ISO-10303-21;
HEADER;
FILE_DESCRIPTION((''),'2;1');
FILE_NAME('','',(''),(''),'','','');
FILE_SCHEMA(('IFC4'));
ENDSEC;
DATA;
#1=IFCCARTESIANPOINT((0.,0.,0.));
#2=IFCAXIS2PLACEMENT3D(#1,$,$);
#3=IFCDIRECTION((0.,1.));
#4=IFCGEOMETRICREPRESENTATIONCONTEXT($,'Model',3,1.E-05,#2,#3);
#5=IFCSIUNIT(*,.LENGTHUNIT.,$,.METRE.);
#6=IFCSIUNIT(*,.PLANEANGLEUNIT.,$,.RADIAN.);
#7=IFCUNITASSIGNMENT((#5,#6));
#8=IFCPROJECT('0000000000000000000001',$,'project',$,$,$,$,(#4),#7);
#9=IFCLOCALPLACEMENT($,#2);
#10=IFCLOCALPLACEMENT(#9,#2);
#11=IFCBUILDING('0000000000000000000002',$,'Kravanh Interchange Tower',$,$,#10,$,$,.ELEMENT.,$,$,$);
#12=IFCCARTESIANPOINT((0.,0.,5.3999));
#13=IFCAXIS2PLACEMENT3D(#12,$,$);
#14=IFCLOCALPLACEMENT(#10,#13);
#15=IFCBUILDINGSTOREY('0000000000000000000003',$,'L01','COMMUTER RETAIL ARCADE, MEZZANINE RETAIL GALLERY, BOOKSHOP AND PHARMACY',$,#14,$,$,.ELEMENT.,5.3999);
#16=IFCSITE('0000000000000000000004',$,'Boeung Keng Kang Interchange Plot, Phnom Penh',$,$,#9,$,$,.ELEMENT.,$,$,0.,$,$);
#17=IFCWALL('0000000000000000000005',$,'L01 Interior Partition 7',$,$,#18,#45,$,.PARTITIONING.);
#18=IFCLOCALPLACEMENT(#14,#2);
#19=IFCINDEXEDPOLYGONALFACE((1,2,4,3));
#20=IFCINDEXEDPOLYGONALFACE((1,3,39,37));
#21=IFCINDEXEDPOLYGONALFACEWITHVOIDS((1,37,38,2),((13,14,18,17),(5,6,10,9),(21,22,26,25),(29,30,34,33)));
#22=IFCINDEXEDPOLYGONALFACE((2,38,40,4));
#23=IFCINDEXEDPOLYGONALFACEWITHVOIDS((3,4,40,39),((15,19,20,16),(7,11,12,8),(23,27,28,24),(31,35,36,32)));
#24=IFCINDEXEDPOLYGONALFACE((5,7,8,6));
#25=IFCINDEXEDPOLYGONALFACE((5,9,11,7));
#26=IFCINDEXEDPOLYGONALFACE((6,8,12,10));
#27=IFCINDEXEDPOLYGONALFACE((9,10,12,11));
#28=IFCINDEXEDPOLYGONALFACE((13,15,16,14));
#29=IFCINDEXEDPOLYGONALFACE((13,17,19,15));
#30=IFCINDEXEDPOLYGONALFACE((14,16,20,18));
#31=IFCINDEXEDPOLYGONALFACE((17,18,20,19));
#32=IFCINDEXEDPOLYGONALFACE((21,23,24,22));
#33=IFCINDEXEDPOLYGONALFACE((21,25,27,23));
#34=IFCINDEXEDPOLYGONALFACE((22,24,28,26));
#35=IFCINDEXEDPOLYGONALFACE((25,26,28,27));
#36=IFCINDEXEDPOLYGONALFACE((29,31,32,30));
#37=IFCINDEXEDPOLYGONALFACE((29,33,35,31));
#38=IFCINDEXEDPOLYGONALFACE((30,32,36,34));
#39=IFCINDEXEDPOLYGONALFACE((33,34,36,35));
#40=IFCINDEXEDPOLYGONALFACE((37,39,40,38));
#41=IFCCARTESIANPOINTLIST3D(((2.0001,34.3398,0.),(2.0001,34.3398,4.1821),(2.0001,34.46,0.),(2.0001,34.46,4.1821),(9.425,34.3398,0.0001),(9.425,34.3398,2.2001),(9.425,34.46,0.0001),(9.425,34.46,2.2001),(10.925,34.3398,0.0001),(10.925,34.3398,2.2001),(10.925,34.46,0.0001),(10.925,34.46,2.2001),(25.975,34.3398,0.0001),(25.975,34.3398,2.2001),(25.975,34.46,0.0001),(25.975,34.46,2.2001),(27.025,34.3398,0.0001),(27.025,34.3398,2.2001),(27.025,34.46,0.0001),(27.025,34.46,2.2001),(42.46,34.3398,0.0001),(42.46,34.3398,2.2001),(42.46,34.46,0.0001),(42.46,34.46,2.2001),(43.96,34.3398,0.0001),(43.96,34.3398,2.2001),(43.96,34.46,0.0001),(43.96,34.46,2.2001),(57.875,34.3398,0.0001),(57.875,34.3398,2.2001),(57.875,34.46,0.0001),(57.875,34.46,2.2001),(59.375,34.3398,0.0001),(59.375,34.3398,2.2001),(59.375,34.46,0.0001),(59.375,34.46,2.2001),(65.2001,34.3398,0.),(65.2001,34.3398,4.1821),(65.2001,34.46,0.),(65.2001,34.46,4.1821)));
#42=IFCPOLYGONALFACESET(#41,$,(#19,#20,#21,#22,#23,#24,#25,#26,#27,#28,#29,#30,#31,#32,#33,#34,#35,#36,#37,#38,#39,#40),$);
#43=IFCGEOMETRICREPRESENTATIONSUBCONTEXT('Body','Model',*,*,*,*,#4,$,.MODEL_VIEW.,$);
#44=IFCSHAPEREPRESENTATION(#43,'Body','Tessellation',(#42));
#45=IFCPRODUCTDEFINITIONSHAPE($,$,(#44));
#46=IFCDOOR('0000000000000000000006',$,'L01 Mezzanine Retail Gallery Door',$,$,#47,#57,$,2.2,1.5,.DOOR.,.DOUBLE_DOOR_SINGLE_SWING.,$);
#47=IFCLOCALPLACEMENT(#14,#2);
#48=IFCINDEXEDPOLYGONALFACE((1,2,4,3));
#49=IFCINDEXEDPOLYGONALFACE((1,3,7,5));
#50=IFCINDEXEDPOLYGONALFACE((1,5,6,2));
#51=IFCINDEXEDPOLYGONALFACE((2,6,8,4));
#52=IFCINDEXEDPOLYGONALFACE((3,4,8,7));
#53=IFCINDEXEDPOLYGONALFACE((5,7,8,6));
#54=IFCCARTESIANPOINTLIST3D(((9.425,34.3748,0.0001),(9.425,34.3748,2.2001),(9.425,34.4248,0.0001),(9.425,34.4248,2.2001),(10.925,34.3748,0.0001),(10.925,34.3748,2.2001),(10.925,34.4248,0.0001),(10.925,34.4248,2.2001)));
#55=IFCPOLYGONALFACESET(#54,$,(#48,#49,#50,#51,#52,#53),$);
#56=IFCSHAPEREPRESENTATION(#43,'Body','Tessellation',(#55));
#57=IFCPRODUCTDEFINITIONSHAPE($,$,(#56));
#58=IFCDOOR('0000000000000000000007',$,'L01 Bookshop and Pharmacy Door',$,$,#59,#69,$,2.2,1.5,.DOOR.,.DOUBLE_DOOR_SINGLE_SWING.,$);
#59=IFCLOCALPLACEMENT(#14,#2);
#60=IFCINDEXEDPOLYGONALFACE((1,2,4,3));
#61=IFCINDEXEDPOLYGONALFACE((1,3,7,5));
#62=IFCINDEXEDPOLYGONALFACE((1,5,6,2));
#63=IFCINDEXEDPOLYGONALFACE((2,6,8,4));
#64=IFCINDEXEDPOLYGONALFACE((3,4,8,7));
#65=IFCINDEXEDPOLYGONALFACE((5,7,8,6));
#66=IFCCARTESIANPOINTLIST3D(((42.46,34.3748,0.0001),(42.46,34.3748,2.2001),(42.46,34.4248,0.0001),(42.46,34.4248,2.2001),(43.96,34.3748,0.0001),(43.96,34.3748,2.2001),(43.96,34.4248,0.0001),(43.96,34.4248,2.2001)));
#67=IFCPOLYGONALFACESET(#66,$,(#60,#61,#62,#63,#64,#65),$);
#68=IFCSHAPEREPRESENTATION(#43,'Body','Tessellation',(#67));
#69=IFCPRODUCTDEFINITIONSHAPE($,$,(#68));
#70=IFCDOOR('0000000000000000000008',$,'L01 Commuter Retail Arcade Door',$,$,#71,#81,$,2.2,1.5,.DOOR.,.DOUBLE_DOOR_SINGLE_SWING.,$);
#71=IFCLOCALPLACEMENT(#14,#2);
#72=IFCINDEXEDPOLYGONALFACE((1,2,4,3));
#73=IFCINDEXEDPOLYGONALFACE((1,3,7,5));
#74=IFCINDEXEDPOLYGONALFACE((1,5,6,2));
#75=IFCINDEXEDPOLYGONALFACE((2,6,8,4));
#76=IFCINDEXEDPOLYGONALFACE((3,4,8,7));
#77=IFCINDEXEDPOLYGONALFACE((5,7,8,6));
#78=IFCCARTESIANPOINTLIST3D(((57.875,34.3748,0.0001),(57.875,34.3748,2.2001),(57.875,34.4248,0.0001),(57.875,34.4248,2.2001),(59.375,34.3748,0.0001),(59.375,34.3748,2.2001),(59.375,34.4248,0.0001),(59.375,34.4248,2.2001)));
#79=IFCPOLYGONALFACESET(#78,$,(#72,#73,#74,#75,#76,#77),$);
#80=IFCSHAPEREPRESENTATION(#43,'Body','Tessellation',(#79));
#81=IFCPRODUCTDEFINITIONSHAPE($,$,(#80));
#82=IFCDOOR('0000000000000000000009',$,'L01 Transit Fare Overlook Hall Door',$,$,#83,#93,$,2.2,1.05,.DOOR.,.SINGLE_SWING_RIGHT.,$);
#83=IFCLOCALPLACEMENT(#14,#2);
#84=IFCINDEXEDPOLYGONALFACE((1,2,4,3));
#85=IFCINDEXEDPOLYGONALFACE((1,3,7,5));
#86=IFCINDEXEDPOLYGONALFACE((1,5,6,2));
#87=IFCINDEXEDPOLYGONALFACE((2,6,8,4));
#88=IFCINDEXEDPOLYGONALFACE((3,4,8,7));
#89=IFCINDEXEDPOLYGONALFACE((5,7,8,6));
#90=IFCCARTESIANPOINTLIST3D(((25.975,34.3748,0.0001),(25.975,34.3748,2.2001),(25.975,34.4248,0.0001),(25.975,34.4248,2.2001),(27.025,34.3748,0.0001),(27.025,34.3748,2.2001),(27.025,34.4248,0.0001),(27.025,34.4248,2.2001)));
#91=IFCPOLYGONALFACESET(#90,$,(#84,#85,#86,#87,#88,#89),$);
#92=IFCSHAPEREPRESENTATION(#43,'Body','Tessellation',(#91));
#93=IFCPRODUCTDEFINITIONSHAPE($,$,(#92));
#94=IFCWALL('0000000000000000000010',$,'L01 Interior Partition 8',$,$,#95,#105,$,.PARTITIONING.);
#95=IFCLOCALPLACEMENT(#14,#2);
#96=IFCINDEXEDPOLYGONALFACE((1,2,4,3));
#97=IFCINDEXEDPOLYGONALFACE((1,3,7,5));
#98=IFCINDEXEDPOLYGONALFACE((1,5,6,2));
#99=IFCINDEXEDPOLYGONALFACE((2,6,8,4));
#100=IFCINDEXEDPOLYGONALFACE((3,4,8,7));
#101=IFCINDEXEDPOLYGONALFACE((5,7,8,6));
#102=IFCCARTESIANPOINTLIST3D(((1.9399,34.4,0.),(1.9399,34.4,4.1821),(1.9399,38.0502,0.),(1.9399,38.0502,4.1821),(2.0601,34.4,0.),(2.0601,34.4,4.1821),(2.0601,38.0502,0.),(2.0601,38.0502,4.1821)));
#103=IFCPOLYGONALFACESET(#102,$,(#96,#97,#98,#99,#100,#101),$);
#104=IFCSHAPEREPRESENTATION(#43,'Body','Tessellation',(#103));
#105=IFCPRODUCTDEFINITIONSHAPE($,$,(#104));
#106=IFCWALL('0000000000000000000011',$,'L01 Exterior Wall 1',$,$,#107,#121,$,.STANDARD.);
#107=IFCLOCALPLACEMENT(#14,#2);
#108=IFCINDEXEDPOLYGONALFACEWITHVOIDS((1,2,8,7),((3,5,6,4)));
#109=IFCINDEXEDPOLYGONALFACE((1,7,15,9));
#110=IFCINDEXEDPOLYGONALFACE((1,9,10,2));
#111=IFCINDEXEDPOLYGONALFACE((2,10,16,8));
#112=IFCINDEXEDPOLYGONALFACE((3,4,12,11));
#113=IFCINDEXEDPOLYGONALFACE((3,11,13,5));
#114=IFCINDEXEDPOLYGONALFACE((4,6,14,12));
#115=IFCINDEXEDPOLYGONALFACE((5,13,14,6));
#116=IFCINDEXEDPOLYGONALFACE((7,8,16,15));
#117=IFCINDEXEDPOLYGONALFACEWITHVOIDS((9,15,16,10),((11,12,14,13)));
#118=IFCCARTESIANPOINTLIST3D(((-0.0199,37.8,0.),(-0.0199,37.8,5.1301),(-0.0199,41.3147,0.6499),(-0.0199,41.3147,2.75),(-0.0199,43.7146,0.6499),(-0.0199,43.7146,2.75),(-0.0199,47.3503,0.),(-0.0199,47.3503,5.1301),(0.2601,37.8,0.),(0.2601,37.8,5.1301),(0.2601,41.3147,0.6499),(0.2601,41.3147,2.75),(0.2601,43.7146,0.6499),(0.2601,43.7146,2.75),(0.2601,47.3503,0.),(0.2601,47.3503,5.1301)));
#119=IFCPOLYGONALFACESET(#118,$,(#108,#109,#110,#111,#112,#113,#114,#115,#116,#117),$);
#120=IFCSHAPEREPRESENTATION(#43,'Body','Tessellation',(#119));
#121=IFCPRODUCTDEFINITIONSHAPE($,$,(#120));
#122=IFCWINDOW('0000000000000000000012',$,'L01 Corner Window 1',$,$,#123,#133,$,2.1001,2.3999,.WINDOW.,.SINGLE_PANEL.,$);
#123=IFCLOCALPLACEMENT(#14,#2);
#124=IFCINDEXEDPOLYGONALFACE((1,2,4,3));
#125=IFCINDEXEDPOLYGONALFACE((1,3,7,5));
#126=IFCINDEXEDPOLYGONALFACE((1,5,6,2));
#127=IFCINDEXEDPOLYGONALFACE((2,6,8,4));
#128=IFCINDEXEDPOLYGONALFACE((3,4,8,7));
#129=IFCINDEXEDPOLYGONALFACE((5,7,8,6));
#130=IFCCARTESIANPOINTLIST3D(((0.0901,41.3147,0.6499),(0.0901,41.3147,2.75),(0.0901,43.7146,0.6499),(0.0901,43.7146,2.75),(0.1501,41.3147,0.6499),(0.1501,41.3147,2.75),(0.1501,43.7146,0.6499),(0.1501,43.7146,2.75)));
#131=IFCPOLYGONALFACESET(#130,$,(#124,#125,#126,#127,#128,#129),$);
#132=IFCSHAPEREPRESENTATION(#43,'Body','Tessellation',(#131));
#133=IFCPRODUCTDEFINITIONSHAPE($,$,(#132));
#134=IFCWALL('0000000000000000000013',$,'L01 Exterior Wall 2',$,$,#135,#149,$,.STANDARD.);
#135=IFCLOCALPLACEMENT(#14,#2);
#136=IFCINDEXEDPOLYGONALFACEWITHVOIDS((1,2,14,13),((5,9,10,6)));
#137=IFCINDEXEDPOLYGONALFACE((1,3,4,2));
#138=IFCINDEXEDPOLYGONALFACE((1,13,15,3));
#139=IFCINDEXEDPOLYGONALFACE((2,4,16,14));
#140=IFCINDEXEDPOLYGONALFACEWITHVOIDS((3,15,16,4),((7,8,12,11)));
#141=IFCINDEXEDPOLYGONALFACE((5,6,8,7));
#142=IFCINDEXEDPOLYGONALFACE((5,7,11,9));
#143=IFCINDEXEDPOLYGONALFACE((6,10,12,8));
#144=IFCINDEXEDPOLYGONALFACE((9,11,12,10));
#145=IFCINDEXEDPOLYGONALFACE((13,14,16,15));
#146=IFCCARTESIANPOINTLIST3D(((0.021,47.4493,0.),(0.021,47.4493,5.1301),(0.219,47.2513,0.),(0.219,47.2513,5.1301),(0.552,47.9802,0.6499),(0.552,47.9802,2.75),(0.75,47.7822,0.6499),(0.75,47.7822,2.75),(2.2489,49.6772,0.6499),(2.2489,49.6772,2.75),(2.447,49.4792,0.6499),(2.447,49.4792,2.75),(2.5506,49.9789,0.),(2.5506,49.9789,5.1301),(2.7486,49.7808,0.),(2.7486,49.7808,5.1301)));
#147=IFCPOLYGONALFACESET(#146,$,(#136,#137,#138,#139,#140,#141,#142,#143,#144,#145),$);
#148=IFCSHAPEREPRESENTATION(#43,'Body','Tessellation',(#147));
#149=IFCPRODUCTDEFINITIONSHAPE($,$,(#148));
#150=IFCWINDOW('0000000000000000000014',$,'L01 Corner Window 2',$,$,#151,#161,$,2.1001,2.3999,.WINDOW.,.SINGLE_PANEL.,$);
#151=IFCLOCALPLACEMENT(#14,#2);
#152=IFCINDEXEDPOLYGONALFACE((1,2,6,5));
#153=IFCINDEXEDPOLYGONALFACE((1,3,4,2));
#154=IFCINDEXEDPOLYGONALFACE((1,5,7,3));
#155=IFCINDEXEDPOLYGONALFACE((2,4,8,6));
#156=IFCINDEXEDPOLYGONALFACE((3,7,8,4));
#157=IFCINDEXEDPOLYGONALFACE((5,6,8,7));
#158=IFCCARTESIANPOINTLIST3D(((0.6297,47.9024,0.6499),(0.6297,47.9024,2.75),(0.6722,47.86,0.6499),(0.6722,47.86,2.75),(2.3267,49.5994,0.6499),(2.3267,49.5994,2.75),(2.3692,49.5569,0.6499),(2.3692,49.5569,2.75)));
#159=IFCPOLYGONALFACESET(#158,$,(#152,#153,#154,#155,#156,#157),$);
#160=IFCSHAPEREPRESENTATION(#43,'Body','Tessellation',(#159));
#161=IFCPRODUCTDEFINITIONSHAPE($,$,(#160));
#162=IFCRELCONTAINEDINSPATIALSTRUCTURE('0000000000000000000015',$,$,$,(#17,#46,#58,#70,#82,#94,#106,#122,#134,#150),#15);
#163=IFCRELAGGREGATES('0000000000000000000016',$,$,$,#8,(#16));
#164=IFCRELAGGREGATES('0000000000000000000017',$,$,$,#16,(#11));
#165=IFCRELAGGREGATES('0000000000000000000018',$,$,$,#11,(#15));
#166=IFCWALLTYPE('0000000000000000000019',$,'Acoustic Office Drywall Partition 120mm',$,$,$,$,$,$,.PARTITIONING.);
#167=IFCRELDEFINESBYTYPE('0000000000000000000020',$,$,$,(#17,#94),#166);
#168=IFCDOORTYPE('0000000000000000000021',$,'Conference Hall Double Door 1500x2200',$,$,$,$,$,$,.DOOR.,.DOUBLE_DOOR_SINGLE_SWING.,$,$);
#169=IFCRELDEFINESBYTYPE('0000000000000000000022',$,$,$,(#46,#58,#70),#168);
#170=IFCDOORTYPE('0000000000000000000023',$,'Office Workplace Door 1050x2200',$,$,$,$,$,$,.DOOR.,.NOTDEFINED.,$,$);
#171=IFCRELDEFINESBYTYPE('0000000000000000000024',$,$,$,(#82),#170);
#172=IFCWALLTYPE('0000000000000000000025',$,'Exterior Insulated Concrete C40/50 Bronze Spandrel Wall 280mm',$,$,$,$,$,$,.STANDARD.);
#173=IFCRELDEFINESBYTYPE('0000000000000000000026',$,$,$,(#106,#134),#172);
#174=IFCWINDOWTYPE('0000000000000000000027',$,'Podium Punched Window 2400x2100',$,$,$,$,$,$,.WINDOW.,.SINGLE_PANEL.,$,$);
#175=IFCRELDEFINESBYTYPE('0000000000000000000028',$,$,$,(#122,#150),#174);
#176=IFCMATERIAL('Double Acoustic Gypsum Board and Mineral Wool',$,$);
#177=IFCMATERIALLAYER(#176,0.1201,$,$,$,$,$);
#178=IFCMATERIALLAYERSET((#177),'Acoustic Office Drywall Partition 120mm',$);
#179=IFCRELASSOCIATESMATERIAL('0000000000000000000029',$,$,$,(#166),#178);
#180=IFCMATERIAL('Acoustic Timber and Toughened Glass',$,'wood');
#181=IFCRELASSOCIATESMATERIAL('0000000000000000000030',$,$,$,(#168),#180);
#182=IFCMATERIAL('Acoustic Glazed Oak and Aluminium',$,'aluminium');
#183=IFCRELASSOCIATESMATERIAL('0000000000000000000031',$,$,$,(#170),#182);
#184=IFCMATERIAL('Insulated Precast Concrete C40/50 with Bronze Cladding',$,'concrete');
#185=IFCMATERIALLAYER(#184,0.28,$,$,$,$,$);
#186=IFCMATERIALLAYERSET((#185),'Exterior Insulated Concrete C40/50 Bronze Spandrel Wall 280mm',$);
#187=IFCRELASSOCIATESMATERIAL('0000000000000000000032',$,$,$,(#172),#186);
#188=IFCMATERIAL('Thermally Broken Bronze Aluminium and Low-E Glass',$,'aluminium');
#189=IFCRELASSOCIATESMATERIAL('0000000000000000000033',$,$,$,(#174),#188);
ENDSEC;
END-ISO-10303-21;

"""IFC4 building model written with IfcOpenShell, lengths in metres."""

from ifc_helpers import new_model, si_unit, direction, frame, frame_2d, origin, place, context, subcontext, project, spatial, rectangle, extrude, material, layer, layer_set, type_object, element, fill, save


model = new_model("IFC4")

# Units and contexts
model_context = context("Model", 3, precision=1e-05, world=origin(), true_north=direction((0.0, 1.0)))
body_context = subcontext(model_context, "Body", "Model", "MODEL_VIEW")
ifc_project = project(units=[si_unit("LENGTHUNIT", "METRE"), si_unit("PLANEANGLEUNIT", "RADIAN")], contexts=[model_context])

# Site, building, storey
site_placement = place(None, origin())
site = spatial("IfcSite", under=ifc_project, at=site_placement, Name="Boeung Keng Kang Interchange Plot, Phnom Penh", CompositionType="ELEMENT", RefElevation=0.0)
building_placement = place(site_placement, origin())
building = spatial("IfcBuilding", under=site, at=building_placement, Name="Kravanh Interchange Tower", CompositionType="ELEMENT")
storey_placement = place(building_placement, frame((0.0, 0.0, 5.3999)))
storey = spatial("IfcBuildingStorey", under=building, at=storey_placement, Name="L01", Description="COMMUTER RETAIL ARCADE, MEZZANINE RETAIL GALLERY, BOOKSHOP AND PHARMACY", CompositionType="ELEMENT", Elevation=5.3999)

# Wall, openings, doors
ifc_material_1 = material(Name="Double Acoustic Gypsum Board and Mineral Wool")
ifc_layer_1 = layer(ifc_material_1, 0.1201)
ifc_layer_set_1 = layer_set([ifc_layer_1], Name="Acoustic Office Drywall Partition 120mm")
wall_type_1 = type_object("IfcWallType", Name="Acoustic Office Drywall Partition 120mm", PredefinedType="PARTITIONING", material=ifc_layer_set_1)
wall_1_placement = place(storey_placement, frame((2.0, 34.3999, 0.0), z_axis=(0.0, 0.0, 1.0), x_axis=(1.0, 0.0, 0.0)))
wall_1 = element("IfcWall", 1, at=wall_1_placement, inside=storey, type_object=wall_type_1, Name="L01 Interior Partition 7", PredefinedType="PARTITIONING", context=body_context, shape_type="SweptSolid", body=[
    extrude(rectangle(XDim=63.2, YDim=0.1201, at=frame_2d((31.6001, 0.0))), origin(), (0.0, 0.0, 1.0), 4.1821),
])
opening_1_placement = place(wall_1_placement, frame((7.425, 0.0, 0.0)))
opening_1 = element("IfcOpeningElement", 2, at=opening_1_placement, cuts=wall_1, PredefinedType="OPENING", context=body_context, shape_type="SweptSolid", body=[
    extrude(rectangle(XDim=1.5, YDim=2.2, at=frame_2d((0.75, 1.1001))), frame((0.0, 0.0701, 0.0), z_axis=(0.0, -1.0, 0.0), x_axis=(1.0, 0.0, 0.0)), (0.0, 0.0, 1.0), 0.1401),
])
opening_2_placement = place(wall_1_placement, frame((23.9751, 0.0, 0.0)))
opening_2 = element("IfcOpeningElement", 3, at=opening_2_placement, cuts=wall_1, PredefinedType="OPENING", context=body_context, shape_type="SweptSolid", body=[
    extrude(rectangle(XDim=1.05, YDim=2.2, at=frame_2d((0.5249, 1.1001))), frame((0.0, 0.0701, 0.0), z_axis=(0.0, -1.0, 0.0), x_axis=(1.0, 0.0, 0.0)), (0.0, 0.0, 1.0), 0.1401),
])
opening_3_placement = place(wall_1_placement, frame((40.46, 0.0, 0.0)))
opening_3 = element("IfcOpeningElement", 4, at=opening_3_placement, cuts=wall_1, PredefinedType="OPENING", context=body_context, shape_type="SweptSolid", body=[
    extrude(rectangle(XDim=1.5, YDim=2.2, at=frame_2d((0.75, 1.1001))), frame((0.0, 0.0701, 0.0), z_axis=(0.0, -1.0, 0.0), x_axis=(1.0, 0.0, 0.0)), (0.0, 0.0, 1.0), 0.1401),
])
opening_4_placement = place(wall_1_placement, frame((55.875, 0.0, 0.0)))
opening_4 = element("IfcOpeningElement", 5, at=opening_4_placement, cuts=wall_1, PredefinedType="OPENING", context=body_context, shape_type="SweptSolid", body=[
    extrude(rectangle(XDim=1.5, YDim=2.2, at=frame_2d((0.75, 1.1001))), frame((0.0, 0.0701, 0.0), z_axis=(0.0, -1.0, 0.0), x_axis=(1.0, 0.0, 0.0)), (0.0, 0.0, 1.0), 0.1401),
])
ifc_material_2 = material(Name="Acoustic Timber and Toughened Glass", Category="wood")
door_type_1 = type_object("IfcDoorType", Name="Conference Hall Double Door 1500x2200", OperationType="DOUBLE_DOOR_SINGLE_SWING", PredefinedType="DOOR", material=ifc_material_2)
door_1_placement = place(opening_1_placement, origin())
door_1 = element("IfcDoor", 6, at=door_1_placement, inside=storey, type_object=door_type_1, Name="L01 Mezzanine Retail Gallery Door", OperationType="DOUBLE_DOOR_SINGLE_SWING", OverallHeight=2.2, OverallWidth=1.5, PredefinedType="DOOR", context=body_context, shape_type="SweptSolid", body=[
    extrude(rectangle(XDim=1.5, YDim=2.2, at=frame_2d((0.75, 1.1001))), frame((0.0, 0.0249, 0.0), z_axis=(0.0, -1.0, 0.0), x_axis=(1.0, 0.0, 0.0)), (0.0, 0.0, 1.0), 0.05),
])
fill(opening_1, door_1)
door_2_placement = place(opening_3_placement, origin())
door_2 = element("IfcDoor", 7, at=door_2_placement, inside=storey, type_object=door_type_1, Name="L01 Bookshop and Pharmacy Door", OperationType="DOUBLE_DOOR_SINGLE_SWING", OverallHeight=2.2, OverallWidth=1.5, PredefinedType="DOOR", context=body_context, shape_type="SweptSolid", body=[
    extrude(rectangle(XDim=1.5, YDim=2.2, at=frame_2d((0.75, 1.1001))), frame((0.0, 0.0249, 0.0), z_axis=(0.0, -1.0, 0.0), x_axis=(1.0, 0.0, 0.0)), (0.0, 0.0, 1.0), 0.05),
])
fill(opening_3, door_2)
door_3_placement = place(opening_4_placement, origin())
door_3 = element("IfcDoor", 8, at=door_3_placement, inside=storey, type_object=door_type_1, Name="L01 Commuter Retail Arcade Door", OperationType="DOUBLE_DOOR_SINGLE_SWING", OverallHeight=2.2, OverallWidth=1.5, PredefinedType="DOOR", context=body_context, shape_type="SweptSolid", body=[
    extrude(rectangle(XDim=1.5, YDim=2.2, at=frame_2d((0.75, 1.1001))), frame((0.0, 0.0249, 0.0), z_axis=(0.0, -1.0, 0.0), x_axis=(1.0, 0.0, 0.0)), (0.0, 0.0, 1.0), 0.05),
])
fill(opening_4, door_3)
ifc_material_3 = material(Name="Acoustic Glazed Oak and Aluminium", Category="aluminium")
door_type_2 = type_object("IfcDoorType", Name="Office Workplace Door 1050x2200", OperationType="NOTDEFINED", PredefinedType="DOOR", material=ifc_material_3)
door_4_placement = place(opening_2_placement, origin())
door_4 = element("IfcDoor", 9, at=door_4_placement, inside=storey, type_object=door_type_2, Name="L01 Transit Fare Overlook Hall Door", OperationType="SINGLE_SWING_RIGHT", OverallHeight=2.2, OverallWidth=1.05, PredefinedType="DOOR", context=body_context, shape_type="SweptSolid", body=[
    extrude(rectangle(XDim=1.05, YDim=2.2, at=frame_2d((0.5249, 1.1001))), frame((0.0, 0.0249, 0.0), z_axis=(0.0, -1.0, 0.0), x_axis=(1.0, 0.0, 0.0)), (0.0, 0.0, 1.0), 0.05),
])
fill(opening_2, door_4)

# Wall
wall_2_placement = place(storey_placement, frame((2.0, 34.3999, 0.0), z_axis=(0.0, 0.0, 1.0), x_axis=(0.0, 1.0, 0.0)))
element("IfcWall", 10, at=wall_2_placement, inside=storey, type_object=wall_type_1, Name="L01 Interior Partition 8", PredefinedType="PARTITIONING", context=body_context, shape_type="SweptSolid", body=[
    extrude(rectangle(XDim=3.6501, YDim=0.1201, at=frame_2d((1.8252, 0.0))), origin(), (0.0, 0.0, 1.0), 4.1821),
])

# Walls, openings, windows
ifc_material_4 = material(Name="Insulated Precast Concrete C40/50 with Bronze Cladding", Category="concrete")
ifc_layer_2 = layer(ifc_material_4, 0.28)
ifc_layer_set_2 = layer_set([ifc_layer_2], Name="Exterior Insulated Concrete C40/50 Bronze Spandrel Wall 280mm")
wall_type_2 = type_object("IfcWallType", Name="Exterior Insulated Concrete C40/50 Bronze Spandrel Wall 280mm", PredefinedType="STANDARD", material=ifc_layer_set_2)
wall_3_placement = place(storey_placement, frame((0.1201, 37.8, 0.0), z_axis=(0.0, 0.0, 1.0), x_axis=(0.0, 1.0, 0.0)))
wall_3 = element("IfcWall", 11, at=wall_3_placement, inside=storey, type_object=wall_type_2, Name="L01 Exterior Wall 1", PredefinedType="STANDARD", context=body_context, shape_type="SweptSolid", body=[
    extrude(rectangle(XDim=9.5503, YDim=0.28, at=frame_2d((4.7751, 0.0))), origin(), (0.0, 0.0, 1.0), 5.1301),
])
opening_5_placement = place(wall_3_placement, frame((3.5146, 0.0, 0.6499)))
opening_5 = element("IfcOpeningElement", 12, at=opening_5_placement, cuts=wall_3, PredefinedType="OPENING", context=body_context, shape_type="SweptSolid", body=[
    extrude(rectangle(XDim=2.3999, YDim=2.1001, at=frame_2d((1.2, 1.05))), frame((0.0, 0.1499, 0.0), z_axis=(0.0, -1.0, 0.0), x_axis=(1.0, 0.0, 0.0)), (0.0, 0.0, 1.0), 0.3),
])
ifc_material_5 = material(Name="Thermally Broken Bronze Aluminium and Low-E Glass", Category="aluminium")
window_type = type_object("IfcWindowType", Name="Podium Punched Window 2400x2100", PartitioningType="SINGLE_PANEL", PredefinedType="WINDOW", material=ifc_material_5)
window_1_placement = place(opening_5_placement, origin())
window_1 = element("IfcWindow", 13, at=window_1_placement, inside=storey, type_object=window_type, Name="L01 Corner Window 1", OverallHeight=2.1001, OverallWidth=2.3999, PartitioningType="SINGLE_PANEL", PredefinedType="WINDOW", context=body_context, shape_type="SweptSolid", body=[
    extrude(rectangle(XDim=2.3999, YDim=2.1001, at=frame_2d((1.2, 1.05))), frame((0.0, 0.03, 0.0), z_axis=(0.0, -1.0, 0.0), x_axis=(1.0, 0.0, 0.0)), (0.0, 0.0, 1.0), 0.0601),
])
fill(opening_5, window_1)
wall_4_placement = place(storey_placement, frame((0.1201, 47.3503, 0.0), z_axis=(0.0, 0.0, 1.0), x_axis=(0.707107, 0.707107, 0.0)))
wall_4 = element("IfcWall", 14, at=wall_4_placement, inside=storey, type_object=wall_type_2, Name="L01 Exterior Wall 2", PredefinedType="STANDARD", context=body_context, shape_type="SweptSolid", body=[
    extrude(rectangle(XDim=3.5774, YDim=0.28, at=frame_2d((1.7886, 0.0))), origin(), (0.0, 0.0, 1.0), 5.1301),
])
opening_6_placement = place(wall_4_placement, frame((0.7507, 0.0, 0.6499)))
opening_6 = element("IfcOpeningElement", 15, at=opening_6_placement, cuts=wall_4, PredefinedType="OPENING", context=body_context, shape_type="SweptSolid", body=[
    extrude(rectangle(XDim=2.3999, YDim=2.1001, at=frame_2d((1.2, 1.05))), frame((0.0, 0.1499, 0.0), z_axis=(0.0, -1.0, 0.0), x_axis=(1.0, 0.0, 0.0)), (0.0, 0.0, 1.0), 0.3),
])
window_2_placement = place(opening_6_placement, origin())
window_2 = element("IfcWindow", 16, at=window_2_placement, inside=storey, type_object=window_type, Name="L01 Corner Window 2", OverallHeight=2.1001, OverallWidth=2.3999, PartitioningType="SINGLE_PANEL", PredefinedType="WINDOW", context=body_context, shape_type="SweptSolid", body=[
    extrude(rectangle(XDim=2.3999, YDim=2.1001, at=frame_2d((1.2, 1.05))), frame((0.0, 0.03, 0.0), z_axis=(0.0, -1.0, 0.0), x_axis=(1.0, 0.0, 0.0)), (0.0, 0.0, 1.0), 0.0601),
])
fill(opening_6, window_2)

save(model, "model.ifc")
